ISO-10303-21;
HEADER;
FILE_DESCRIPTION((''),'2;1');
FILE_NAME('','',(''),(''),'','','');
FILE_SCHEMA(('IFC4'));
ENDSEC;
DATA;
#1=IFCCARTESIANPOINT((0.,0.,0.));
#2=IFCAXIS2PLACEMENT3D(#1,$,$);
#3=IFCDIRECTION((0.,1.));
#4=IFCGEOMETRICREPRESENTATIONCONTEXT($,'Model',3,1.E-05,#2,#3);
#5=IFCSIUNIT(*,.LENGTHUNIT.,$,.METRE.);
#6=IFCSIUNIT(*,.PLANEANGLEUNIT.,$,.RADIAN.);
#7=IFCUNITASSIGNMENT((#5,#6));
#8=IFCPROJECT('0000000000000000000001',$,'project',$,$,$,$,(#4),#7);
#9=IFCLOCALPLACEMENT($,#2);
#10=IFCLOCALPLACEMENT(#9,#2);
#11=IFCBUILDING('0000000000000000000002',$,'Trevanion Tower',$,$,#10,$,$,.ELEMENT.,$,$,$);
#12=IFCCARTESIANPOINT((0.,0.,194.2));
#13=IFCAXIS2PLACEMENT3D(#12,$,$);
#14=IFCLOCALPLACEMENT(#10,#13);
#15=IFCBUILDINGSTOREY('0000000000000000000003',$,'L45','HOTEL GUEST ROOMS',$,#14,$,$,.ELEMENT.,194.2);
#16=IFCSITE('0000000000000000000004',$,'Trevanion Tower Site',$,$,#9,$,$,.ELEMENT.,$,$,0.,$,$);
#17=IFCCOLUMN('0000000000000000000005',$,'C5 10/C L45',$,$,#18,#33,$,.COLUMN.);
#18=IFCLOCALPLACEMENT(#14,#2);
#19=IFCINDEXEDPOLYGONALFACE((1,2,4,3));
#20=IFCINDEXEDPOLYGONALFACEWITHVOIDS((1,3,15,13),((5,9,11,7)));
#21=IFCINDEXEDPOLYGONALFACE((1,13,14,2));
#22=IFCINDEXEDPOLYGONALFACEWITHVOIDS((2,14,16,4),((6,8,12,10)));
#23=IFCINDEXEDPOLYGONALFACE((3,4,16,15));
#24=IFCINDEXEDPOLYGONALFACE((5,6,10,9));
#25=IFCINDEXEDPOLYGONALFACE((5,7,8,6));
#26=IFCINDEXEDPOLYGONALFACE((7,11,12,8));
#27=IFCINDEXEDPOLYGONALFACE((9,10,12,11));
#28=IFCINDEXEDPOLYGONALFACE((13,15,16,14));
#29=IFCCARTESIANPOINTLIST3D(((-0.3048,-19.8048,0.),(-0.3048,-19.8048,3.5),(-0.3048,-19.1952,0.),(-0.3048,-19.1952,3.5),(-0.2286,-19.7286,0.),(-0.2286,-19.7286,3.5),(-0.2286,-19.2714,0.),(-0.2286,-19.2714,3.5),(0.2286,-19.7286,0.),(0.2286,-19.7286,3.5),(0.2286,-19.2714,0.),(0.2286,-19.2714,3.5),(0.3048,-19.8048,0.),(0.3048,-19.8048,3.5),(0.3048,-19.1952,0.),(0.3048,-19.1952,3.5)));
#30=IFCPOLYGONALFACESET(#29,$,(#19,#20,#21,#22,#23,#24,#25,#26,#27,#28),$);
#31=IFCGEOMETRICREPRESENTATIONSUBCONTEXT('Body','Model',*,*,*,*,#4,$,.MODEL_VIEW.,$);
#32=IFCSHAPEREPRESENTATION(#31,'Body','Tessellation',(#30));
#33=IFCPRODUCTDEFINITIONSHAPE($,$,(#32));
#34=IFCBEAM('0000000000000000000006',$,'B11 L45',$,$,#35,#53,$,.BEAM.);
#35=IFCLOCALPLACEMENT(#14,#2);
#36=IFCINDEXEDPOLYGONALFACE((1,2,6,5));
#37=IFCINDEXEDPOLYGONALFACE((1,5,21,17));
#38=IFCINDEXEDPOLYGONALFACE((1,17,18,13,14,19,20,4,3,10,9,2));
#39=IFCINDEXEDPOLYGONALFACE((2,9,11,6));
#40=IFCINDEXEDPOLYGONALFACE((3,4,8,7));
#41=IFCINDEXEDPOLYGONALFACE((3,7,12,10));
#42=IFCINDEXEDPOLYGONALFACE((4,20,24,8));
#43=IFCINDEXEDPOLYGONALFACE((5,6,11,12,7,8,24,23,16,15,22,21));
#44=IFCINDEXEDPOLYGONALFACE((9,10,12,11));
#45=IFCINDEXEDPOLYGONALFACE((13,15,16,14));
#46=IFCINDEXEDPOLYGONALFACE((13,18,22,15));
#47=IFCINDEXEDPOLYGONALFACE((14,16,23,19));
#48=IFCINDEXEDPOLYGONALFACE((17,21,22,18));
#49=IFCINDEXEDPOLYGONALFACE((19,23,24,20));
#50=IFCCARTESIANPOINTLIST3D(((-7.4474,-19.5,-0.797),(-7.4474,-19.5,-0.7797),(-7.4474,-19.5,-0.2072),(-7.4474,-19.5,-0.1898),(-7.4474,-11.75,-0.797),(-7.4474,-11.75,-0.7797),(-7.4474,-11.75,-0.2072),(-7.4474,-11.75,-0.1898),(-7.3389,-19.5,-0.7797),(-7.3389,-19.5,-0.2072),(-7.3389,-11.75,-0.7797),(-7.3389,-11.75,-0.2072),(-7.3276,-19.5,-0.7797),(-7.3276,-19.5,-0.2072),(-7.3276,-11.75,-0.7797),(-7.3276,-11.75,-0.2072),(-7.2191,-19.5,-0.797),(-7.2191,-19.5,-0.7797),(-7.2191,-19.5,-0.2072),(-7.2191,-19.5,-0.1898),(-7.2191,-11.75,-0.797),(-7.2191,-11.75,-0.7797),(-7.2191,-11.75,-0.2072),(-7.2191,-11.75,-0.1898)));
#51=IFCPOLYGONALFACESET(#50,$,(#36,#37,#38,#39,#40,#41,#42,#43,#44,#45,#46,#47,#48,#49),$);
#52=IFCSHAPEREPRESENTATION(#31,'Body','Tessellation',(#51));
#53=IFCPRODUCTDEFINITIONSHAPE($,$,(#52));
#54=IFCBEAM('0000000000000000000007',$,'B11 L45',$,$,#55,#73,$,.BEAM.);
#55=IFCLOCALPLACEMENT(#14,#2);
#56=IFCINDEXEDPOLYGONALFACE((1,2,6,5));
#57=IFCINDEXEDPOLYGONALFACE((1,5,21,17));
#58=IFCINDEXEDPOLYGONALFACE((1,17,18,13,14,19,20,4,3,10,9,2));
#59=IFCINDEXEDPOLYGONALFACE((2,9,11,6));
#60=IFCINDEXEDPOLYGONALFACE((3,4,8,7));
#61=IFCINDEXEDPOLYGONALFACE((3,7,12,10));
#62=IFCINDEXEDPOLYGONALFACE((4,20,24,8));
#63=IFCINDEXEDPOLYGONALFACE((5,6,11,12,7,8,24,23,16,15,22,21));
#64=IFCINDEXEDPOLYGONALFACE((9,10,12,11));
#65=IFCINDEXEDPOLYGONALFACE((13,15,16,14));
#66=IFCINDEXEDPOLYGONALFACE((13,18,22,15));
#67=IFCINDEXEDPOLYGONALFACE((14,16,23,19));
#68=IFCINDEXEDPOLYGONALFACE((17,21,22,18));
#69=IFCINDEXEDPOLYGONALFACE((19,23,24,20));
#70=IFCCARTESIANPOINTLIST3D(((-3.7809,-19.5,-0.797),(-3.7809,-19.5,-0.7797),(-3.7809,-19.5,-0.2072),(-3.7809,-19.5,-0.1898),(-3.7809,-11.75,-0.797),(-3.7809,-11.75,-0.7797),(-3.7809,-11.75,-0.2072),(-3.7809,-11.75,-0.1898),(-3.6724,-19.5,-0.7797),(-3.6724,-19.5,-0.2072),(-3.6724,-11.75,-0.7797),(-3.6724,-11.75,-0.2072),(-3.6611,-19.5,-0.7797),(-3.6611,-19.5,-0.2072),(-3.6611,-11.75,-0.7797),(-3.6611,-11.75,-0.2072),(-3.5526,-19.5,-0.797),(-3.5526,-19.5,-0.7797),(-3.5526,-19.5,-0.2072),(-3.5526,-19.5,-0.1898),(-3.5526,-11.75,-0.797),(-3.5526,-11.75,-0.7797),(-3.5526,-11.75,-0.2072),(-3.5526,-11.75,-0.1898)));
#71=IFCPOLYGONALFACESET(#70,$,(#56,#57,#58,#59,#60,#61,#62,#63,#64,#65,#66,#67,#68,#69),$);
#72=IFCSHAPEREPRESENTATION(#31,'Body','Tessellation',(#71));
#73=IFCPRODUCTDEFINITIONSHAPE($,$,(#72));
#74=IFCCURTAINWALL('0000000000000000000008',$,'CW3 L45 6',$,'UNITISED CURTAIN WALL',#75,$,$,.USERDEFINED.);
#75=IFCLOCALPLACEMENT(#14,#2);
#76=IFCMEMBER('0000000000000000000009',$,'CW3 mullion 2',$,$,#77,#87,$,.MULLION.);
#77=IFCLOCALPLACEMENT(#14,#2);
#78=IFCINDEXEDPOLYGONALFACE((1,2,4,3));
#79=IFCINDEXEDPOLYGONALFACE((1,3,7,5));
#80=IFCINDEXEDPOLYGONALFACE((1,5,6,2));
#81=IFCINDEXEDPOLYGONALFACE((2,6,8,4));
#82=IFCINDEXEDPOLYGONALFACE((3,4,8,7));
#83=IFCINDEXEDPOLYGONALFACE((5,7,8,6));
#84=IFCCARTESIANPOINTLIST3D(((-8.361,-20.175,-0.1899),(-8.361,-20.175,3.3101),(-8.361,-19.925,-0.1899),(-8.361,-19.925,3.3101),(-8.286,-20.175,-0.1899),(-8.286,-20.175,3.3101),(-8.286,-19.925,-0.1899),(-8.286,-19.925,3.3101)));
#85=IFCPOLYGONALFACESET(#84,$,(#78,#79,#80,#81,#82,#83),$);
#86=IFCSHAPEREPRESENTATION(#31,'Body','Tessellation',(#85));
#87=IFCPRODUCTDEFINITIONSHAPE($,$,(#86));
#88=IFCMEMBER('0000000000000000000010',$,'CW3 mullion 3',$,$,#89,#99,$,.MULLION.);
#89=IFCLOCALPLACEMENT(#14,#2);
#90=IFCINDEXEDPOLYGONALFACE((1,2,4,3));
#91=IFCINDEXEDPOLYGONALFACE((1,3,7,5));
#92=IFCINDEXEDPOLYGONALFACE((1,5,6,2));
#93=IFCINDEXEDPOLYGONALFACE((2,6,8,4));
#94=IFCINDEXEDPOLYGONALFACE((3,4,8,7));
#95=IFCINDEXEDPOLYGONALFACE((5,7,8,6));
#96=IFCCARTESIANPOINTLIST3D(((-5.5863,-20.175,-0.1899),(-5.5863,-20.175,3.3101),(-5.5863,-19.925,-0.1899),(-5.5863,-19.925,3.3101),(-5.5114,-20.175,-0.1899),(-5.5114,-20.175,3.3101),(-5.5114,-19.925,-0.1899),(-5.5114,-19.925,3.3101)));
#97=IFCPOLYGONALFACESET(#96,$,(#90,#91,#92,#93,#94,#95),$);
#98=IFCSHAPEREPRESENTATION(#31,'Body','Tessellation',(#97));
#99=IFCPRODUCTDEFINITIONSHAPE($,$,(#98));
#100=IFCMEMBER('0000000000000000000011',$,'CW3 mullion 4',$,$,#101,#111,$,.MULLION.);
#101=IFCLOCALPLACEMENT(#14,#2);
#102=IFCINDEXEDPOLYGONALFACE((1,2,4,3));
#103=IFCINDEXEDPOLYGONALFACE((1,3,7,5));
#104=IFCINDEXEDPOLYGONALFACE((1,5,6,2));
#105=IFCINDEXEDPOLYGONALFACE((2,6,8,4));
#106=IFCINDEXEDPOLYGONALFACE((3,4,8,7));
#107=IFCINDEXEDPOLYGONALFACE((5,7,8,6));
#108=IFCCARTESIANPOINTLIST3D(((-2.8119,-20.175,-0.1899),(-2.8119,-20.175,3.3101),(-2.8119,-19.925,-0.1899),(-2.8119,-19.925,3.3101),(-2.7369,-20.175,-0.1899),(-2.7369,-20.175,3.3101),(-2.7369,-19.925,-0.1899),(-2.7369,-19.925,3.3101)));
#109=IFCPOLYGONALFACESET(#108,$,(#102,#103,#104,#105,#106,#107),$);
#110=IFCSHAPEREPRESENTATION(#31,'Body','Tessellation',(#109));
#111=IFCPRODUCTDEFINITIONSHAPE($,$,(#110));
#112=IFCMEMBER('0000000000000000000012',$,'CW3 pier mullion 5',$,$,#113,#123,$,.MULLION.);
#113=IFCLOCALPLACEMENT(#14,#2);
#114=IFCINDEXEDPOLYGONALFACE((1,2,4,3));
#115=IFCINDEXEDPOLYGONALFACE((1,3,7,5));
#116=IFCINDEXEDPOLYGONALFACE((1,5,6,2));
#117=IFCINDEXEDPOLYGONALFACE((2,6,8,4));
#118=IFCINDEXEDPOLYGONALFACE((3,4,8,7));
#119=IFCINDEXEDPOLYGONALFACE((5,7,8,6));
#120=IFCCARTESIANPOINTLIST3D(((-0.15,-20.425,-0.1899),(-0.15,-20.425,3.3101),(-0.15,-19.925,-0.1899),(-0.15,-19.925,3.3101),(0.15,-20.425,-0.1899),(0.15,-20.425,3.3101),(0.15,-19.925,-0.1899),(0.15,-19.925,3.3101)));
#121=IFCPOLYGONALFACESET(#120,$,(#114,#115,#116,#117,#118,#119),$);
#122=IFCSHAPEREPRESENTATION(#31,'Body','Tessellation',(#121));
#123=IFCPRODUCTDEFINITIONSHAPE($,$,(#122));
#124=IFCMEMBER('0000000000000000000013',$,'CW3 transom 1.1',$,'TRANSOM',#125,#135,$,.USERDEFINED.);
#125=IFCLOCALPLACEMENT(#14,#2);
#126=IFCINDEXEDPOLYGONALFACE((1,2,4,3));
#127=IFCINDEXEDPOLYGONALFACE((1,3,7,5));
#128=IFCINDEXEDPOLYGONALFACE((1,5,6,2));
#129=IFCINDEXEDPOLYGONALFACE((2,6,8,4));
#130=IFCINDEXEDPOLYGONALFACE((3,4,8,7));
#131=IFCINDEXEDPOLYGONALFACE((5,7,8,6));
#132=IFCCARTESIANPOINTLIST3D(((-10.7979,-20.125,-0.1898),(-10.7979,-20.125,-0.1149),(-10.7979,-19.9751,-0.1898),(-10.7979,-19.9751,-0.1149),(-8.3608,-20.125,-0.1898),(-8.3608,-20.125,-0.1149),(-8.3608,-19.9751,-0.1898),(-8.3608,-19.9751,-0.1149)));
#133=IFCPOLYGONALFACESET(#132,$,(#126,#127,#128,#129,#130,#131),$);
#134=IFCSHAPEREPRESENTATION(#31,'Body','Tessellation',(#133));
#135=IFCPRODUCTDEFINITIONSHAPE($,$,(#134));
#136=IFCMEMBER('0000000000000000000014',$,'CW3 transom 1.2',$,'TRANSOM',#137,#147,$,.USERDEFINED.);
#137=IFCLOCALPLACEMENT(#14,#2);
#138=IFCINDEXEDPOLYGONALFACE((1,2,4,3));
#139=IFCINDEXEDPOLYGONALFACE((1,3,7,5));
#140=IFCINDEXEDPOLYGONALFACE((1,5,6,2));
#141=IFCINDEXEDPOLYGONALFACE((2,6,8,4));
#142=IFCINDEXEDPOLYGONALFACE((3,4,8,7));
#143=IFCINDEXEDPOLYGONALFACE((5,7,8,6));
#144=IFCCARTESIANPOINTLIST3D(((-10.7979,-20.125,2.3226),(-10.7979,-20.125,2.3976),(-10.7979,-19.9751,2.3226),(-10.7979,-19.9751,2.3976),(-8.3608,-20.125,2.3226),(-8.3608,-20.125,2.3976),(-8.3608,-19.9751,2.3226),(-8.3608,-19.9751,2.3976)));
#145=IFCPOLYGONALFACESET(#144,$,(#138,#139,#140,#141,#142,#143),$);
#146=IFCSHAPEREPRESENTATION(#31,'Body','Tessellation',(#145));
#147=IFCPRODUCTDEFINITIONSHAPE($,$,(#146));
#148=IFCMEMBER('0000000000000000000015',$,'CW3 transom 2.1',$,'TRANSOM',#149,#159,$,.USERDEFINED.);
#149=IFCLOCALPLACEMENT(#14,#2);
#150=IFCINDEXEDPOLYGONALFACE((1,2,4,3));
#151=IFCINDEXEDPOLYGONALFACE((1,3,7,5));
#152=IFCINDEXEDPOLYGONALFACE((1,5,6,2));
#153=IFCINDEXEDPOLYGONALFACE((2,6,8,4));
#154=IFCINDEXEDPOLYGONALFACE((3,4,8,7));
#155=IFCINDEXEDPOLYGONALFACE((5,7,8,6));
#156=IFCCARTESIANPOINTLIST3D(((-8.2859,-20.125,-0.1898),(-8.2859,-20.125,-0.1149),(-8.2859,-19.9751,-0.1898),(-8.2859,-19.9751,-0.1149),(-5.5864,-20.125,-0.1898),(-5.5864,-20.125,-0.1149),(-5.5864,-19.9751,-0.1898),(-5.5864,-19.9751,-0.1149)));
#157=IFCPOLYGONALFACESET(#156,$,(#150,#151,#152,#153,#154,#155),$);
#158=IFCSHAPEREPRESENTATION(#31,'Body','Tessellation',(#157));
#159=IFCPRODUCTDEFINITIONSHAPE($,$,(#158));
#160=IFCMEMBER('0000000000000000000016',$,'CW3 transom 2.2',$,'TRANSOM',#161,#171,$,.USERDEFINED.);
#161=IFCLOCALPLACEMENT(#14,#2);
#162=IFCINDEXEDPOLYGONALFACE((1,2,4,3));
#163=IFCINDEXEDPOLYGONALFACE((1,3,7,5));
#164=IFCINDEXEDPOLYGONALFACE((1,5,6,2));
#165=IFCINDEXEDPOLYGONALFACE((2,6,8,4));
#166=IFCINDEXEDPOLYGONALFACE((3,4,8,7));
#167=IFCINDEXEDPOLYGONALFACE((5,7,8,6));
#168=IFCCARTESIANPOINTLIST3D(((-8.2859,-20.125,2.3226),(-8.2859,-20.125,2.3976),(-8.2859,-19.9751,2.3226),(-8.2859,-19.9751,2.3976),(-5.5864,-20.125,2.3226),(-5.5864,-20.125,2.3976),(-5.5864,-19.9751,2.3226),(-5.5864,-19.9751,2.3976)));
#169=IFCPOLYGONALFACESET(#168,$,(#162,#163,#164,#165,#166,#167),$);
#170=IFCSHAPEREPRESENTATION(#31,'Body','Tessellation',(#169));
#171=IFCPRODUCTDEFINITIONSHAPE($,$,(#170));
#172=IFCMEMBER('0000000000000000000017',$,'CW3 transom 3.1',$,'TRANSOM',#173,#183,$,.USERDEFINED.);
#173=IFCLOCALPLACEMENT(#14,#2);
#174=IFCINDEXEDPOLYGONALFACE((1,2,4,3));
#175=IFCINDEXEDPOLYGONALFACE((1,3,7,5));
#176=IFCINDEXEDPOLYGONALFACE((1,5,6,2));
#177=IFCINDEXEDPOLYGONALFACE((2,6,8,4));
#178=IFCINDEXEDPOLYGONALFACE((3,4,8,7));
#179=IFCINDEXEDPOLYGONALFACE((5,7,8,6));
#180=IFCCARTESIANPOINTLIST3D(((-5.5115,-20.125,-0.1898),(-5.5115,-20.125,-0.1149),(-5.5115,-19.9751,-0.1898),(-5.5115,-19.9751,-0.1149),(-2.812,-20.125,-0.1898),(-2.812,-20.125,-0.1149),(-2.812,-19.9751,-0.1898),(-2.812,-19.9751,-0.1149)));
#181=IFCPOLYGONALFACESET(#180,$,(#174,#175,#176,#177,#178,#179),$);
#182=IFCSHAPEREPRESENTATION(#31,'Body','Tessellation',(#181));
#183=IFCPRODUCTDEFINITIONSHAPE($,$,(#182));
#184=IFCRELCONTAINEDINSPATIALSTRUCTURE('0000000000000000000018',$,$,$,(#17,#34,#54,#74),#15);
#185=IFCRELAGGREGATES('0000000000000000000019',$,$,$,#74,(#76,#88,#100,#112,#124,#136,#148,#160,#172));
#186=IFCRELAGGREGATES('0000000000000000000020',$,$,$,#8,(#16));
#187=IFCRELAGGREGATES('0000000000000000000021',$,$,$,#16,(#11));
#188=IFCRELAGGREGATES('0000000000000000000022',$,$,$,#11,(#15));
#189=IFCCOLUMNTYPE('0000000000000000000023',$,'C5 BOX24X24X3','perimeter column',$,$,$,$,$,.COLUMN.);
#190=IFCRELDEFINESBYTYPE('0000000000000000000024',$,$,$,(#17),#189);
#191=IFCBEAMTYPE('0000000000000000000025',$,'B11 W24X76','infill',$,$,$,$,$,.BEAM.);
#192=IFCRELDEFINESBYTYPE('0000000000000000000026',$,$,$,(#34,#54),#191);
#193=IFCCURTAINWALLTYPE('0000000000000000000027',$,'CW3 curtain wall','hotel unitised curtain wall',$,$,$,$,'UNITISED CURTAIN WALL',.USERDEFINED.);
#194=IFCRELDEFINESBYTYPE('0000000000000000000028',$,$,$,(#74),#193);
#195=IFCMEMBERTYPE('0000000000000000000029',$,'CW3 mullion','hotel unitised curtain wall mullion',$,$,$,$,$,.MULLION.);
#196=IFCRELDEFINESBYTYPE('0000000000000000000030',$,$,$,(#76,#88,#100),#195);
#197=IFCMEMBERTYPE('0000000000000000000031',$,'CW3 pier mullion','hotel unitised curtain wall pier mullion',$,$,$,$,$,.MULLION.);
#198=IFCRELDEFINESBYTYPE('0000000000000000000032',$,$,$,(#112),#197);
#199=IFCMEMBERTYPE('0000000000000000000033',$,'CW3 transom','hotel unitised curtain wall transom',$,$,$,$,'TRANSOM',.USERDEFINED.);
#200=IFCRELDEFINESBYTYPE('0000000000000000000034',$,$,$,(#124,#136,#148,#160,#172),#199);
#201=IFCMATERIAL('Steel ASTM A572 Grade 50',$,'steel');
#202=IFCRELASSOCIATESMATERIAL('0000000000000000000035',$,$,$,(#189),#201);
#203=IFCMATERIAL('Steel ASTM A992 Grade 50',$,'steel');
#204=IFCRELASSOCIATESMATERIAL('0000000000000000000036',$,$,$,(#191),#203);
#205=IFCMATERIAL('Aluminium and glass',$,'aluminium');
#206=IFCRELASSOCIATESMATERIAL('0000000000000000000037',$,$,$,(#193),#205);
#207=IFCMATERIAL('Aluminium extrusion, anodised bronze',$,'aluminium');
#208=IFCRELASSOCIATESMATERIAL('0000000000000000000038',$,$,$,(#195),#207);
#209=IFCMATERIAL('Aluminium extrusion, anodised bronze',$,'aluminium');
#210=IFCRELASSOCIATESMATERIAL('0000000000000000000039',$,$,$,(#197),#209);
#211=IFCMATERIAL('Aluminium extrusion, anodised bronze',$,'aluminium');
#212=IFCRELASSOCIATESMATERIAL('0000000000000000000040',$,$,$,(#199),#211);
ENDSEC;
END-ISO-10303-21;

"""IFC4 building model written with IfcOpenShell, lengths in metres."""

from ifc_helpers import new_model, si_unit, direction, frame, origin, origin_2d, place, context, subcontext, project, spatial, rectangle, hollow_rectangle, i_section, extrude, material, material_profile, profile_set, type_object, element, aggregate, save


model = new_model("IFC4")

# Units and contexts
model_context = context("Model", 3, precision=1e-05, world=origin(), true_north=direction((0.0, 1.0)))
body_context = subcontext(model_context, "Body", "Model", "MODEL_VIEW")
ifc_project = project(units=[si_unit("LENGTHUNIT", "METRE"), si_unit("PLANEANGLEUNIT", "RADIAN")], contexts=[model_context])

# Site, building, storey
site_placement = place(None, origin())
site = spatial("IfcSite", under=ifc_project, at=site_placement, Name="Trevanion Tower Site", CompositionType="ELEMENT", RefElevation=0.0)
building_placement = place(site_placement, origin())
building = spatial("IfcBuilding", under=site, at=building_placement, Name="Trevanion Tower", CompositionType="ELEMENT")
storey_placement = place(building_placement, frame((0.0, 0.0, 194.2)))
storey = spatial("IfcBuildingStorey", under=building, at=storey_placement, Name="L45", Description="HOTEL GUEST ROOMS", CompositionType="ELEMENT", Elevation=194.2)

# Column
ifc_material_1 = material(Name="Steel ASTM A572 Grade 50", Category="steel")
ifc_material_profile_1 = material_profile(ifc_material_1, hollow_rectangle(XDim=0.6096, YDim=0.6096, WallThickness=0.0762, at=origin_2d()), Name="BOX24X24X3")
ifc_profile_set_1 = profile_set([ifc_material_profile_1], Name="Steel ASTM A572 Grade 50")
column_type = type_object("IfcColumnType", Name="C5 BOX24X24X3", Description="perimeter column", PredefinedType="COLUMN", material=ifc_profile_set_1)
column_placement = place(storey_placement, frame((0.0, -19.5, 0.0), z_axis=(0.0, 0.0, 1.0), x_axis=(1.0, 0.0, 0.0)))
element("IfcColumn", 1, at=column_placement, inside=storey, type_object=column_type, Name="C5 10/C L45", PredefinedType="COLUMN", context=body_context, shape_type="SweptSolid", body=[
    extrude(hollow_rectangle(XDim=0.6096, YDim=0.6096, WallThickness=0.0762, at=origin_2d()), origin(), (0.0, 0.0, 1.0), 3.5),
])

# Beams
ifc_material_2 = material(Name="Steel ASTM A992 Grade 50", Category="steel")
ifc_material_profile_2 = material_profile(ifc_material_2, i_section(OverallWidth=0.2283, OverallDepth=0.6072, WebThickness=0.0112, FlangeThickness=0.0173, at=origin_2d()), Name="W24X76")
ifc_profile_set_2 = profile_set([ifc_material_profile_2], Name="Steel ASTM A992 Grade 50")
beam_type_1 = type_object("IfcBeamType", Name="B11 W24X76", Description="infill", PredefinedType="BEAM", material=ifc_profile_set_2)
for number, where, z_axis, x_axis, name in (
    (2, (-7.3333, -11.75, -0.4934), (0.0, -1.0, 0.0), (1.0, 0.0, 0.0), "B11 L45"),
    (3, (-3.6667, -11.75, -0.4934), (0.0, -1.0, 0.0), (1.0, 0.0, 0.0), "B11 L45"),
):
    element("IfcBeam", number, at=place(storey_placement, frame(where, z_axis=z_axis, x_axis=x_axis)), inside=storey, type_object=beam_type_1, Name=name, PredefinedType="BEAM", context=body_context, shape_type="SweptSolid", body=[
        extrude(i_section(OverallWidth=0.2283, OverallDepth=0.6072, WebThickness=0.0112, FlangeThickness=0.0173, at=origin_2d()), origin(), (0.0, 0.0, 1.0), 7.75),
    ])

# Curtain wall, members
ifc_material_3 = material(Name="Aluminium and glass", Category="aluminium")
curtain_wall_type = type_object("IfcCurtainWallType", Name="CW3 curtain wall", Description="hotel unitised curtain wall", ElementType="UNITISED CURTAIN WALL", PredefinedType="USERDEFINED", material=ifc_material_3)
curtain_wall_placement = place(storey_placement, origin())
curtain_wall = element("IfcCurtainWall", 4, at=curtain_wall_placement, inside=storey, type_object=curtain_wall_type, Name="CW3 L45 6", ObjectType="UNITISED CURTAIN WALL", PredefinedType="USERDEFINED")
ifc_material_4 = material(Name="Aluminium extrusion, anodised bronze", Category="aluminium")
ifc_material_profile_3 = material_profile(ifc_material_4, rectangle(XDim=0.075, YDim=0.25, at=origin_2d()), Name="CW3 mullion")
ifc_profile_set_3 = profile_set([ifc_material_profile_3], Name="Aluminium extrusion, anodised bronze")
member_type_1 = type_object("IfcMemberType", Name="CW3 mullion", Description="hotel unitised curtain wall mullion", PredefinedType="MULLION", material=ifc_profile_set_3)
member_1_placement = place(storey_placement, frame((-8.3235, -20.05, -0.1899), z_axis=(0.0, 0.0, 1.0), x_axis=(1.0, 0.0, 0.0)))
member_1 = element("IfcMember", 5, at=member_1_placement, type_object=member_type_1, Name="CW3 mullion 2", PredefinedType="MULLION", context=body_context, shape_type="SweptSolid", body=[
    extrude(rectangle(XDim=0.075, YDim=0.25, at=origin_2d()), origin(), (0.0, 0.0, 1.0), 3.5),
])
member_2_placement = place(storey_placement, frame((-5.5488, -20.05, -0.1899), z_axis=(0.0, 0.0, 1.0), x_axis=(1.0, 0.0, 0.0)))
member_2 = element("IfcMember", 6, at=member_2_placement, type_object=member_type_1, Name="CW3 mullion 3", PredefinedType="MULLION", context=body_context, shape_type="SweptSolid", body=[
    extrude(rectangle(XDim=0.075, YDim=0.25, at=origin_2d()), origin(), (0.0, 0.0, 1.0), 3.5),
])
member_3_placement = place(storey_placement, frame((-2.7744, -20.05, -0.1899), z_axis=(0.0, 0.0, 1.0), x_axis=(1.0, 0.0, 0.0)))
member_3 = element("IfcMember", 7, at=member_3_placement, type_object=member_type_1, Name="CW3 mullion 4", PredefinedType="MULLION", context=body_context, shape_type="SweptSolid", body=[
    extrude(rectangle(XDim=0.075, YDim=0.25, at=origin_2d()), origin(), (0.0, 0.0, 1.0), 3.5),
])
ifc_material_5 = material(Name="Aluminium extrusion, anodised bronze", Category="aluminium")
ifc_material_profile_4 = material_profile(ifc_material_5, rectangle(XDim=0.3, YDim=0.5, at=origin_2d()), Name="CW3 pier mullion")
ifc_profile_set_4 = profile_set([ifc_material_profile_4], Name="Aluminium extrusion, anodised bronze")
member_type_2 = type_object("IfcMemberType", Name="CW3 pier mullion", Description="hotel unitised curtain wall pier mullion", PredefinedType="MULLION", material=ifc_profile_set_4)
member_4_placement = place(storey_placement, frame((0.0, -20.175, -0.1899), z_axis=(0.0, 0.0, 1.0), x_axis=(1.0, 0.0, 0.0)))
member_4 = element("IfcMember", 8, at=member_4_placement, type_object=member_type_2, Name="CW3 pier mullion 5", PredefinedType="MULLION", context=body_context, shape_type="SweptSolid", body=[
    extrude(rectangle(XDim=0.3, YDim=0.5, at=origin_2d()), origin(), (0.0, 0.0, 1.0), 3.5),
])
ifc_material_6 = material(Name="Aluminium extrusion, anodised bronze", Category="aluminium")
ifc_material_profile_5 = material_profile(ifc_material_6, rectangle(XDim=0.1499, YDim=0.075, at=origin_2d()), Name="CW3 transom")
ifc_profile_set_5 = profile_set([ifc_material_profile_5], Name="Aluminium extrusion, anodised bronze")
member_type_3 = type_object("IfcMemberType", Name="CW3 transom", Description="hotel unitised curtain wall transom", ElementType="TRANSOM", PredefinedType="USERDEFINED", material=ifc_profile_set_5)
member_5_placement = place(storey_placement, frame((-10.7979, -20.05, -0.1523), z_axis=(1.0, 0.0, 0.0), x_axis=(0.0, 1.0, 0.0)))
member_5 = element("IfcMember", 9, at=member_5_placement, type_object=member_type_3, Name="CW3 transom 1.1", ObjectType="TRANSOM", PredefinedType="USERDEFINED", context=body_context, shape_type="SweptSolid", body=[
    extrude(rectangle(XDim=0.1499, YDim=0.075, at=origin_2d()), origin(), (0.0, 0.0, 1.0), 2.437),
])
member_6_placement = place(storey_placement, frame((-10.7979, -20.05, 2.3601), z_axis=(1.0, 0.0, 0.0), x_axis=(0.0, 1.0, 0.0)))
member_6 = element("IfcMember", 10, at=member_6_placement, type_object=member_type_3, Name="CW3 transom 1.2", ObjectType="TRANSOM", PredefinedType="USERDEFINED", context=body_context, shape_type="SweptSolid", body=[
    extrude(rectangle(XDim=0.1499, YDim=0.075, at=origin_2d()), origin(), (0.0, 0.0, 1.0), 2.437),
])
member_7_placement = place(storey_placement, frame((-8.2859, -20.05, -0.1523), z_axis=(1.0, 0.0, 0.0), x_axis=(0.0, 1.0, 0.0)))
member_7 = element("IfcMember", 11, at=member_7_placement, type_object=member_type_3, Name="CW3 transom 2.1", ObjectType="TRANSOM", PredefinedType="USERDEFINED", context=body_context, shape_type="SweptSolid", body=[
    extrude(rectangle(XDim=0.1499, YDim=0.075, at=origin_2d()), origin(), (0.0, 0.0, 1.0), 2.6995),
])
member_8_placement = place(storey_placement, frame((-8.2859, -20.05, 2.3601), z_axis=(1.0, 0.0, 0.0), x_axis=(0.0, 1.0, 0.0)))
member_8 = element("IfcMember", 12, at=member_8_placement, type_object=member_type_3, Name="CW3 transom 2.2", ObjectType="TRANSOM", PredefinedType="USERDEFINED", context=body_context, shape_type="SweptSolid", body=[
    extrude(rectangle(XDim=0.1499, YDim=0.075, at=origin_2d()), origin(), (0.0, 0.0, 1.0), 2.6995),
])
member_9_placement = place(storey_placement, frame((-5.5115, -20.05, -0.1523), z_axis=(1.0, 0.0, 0.0), x_axis=(0.0, 1.0, 0.0)))
member_9 = element("IfcMember", 13, at=member_9_placement, type_object=member_type_3, Name="CW3 transom 3.1", ObjectType="TRANSOM", PredefinedType="USERDEFINED", context=body_context, shape_type="SweptSolid", body=[
    extrude(rectangle(XDim=0.1499, YDim=0.075, at=origin_2d()), origin(), (0.0, 0.0, 1.0), 2.6995),
])

aggregate(curtain_wall, [member_1, member_2, member_3, member_4, member_5, member_6, member_7, member_8, member_9])

save(model, "model.ifc")
